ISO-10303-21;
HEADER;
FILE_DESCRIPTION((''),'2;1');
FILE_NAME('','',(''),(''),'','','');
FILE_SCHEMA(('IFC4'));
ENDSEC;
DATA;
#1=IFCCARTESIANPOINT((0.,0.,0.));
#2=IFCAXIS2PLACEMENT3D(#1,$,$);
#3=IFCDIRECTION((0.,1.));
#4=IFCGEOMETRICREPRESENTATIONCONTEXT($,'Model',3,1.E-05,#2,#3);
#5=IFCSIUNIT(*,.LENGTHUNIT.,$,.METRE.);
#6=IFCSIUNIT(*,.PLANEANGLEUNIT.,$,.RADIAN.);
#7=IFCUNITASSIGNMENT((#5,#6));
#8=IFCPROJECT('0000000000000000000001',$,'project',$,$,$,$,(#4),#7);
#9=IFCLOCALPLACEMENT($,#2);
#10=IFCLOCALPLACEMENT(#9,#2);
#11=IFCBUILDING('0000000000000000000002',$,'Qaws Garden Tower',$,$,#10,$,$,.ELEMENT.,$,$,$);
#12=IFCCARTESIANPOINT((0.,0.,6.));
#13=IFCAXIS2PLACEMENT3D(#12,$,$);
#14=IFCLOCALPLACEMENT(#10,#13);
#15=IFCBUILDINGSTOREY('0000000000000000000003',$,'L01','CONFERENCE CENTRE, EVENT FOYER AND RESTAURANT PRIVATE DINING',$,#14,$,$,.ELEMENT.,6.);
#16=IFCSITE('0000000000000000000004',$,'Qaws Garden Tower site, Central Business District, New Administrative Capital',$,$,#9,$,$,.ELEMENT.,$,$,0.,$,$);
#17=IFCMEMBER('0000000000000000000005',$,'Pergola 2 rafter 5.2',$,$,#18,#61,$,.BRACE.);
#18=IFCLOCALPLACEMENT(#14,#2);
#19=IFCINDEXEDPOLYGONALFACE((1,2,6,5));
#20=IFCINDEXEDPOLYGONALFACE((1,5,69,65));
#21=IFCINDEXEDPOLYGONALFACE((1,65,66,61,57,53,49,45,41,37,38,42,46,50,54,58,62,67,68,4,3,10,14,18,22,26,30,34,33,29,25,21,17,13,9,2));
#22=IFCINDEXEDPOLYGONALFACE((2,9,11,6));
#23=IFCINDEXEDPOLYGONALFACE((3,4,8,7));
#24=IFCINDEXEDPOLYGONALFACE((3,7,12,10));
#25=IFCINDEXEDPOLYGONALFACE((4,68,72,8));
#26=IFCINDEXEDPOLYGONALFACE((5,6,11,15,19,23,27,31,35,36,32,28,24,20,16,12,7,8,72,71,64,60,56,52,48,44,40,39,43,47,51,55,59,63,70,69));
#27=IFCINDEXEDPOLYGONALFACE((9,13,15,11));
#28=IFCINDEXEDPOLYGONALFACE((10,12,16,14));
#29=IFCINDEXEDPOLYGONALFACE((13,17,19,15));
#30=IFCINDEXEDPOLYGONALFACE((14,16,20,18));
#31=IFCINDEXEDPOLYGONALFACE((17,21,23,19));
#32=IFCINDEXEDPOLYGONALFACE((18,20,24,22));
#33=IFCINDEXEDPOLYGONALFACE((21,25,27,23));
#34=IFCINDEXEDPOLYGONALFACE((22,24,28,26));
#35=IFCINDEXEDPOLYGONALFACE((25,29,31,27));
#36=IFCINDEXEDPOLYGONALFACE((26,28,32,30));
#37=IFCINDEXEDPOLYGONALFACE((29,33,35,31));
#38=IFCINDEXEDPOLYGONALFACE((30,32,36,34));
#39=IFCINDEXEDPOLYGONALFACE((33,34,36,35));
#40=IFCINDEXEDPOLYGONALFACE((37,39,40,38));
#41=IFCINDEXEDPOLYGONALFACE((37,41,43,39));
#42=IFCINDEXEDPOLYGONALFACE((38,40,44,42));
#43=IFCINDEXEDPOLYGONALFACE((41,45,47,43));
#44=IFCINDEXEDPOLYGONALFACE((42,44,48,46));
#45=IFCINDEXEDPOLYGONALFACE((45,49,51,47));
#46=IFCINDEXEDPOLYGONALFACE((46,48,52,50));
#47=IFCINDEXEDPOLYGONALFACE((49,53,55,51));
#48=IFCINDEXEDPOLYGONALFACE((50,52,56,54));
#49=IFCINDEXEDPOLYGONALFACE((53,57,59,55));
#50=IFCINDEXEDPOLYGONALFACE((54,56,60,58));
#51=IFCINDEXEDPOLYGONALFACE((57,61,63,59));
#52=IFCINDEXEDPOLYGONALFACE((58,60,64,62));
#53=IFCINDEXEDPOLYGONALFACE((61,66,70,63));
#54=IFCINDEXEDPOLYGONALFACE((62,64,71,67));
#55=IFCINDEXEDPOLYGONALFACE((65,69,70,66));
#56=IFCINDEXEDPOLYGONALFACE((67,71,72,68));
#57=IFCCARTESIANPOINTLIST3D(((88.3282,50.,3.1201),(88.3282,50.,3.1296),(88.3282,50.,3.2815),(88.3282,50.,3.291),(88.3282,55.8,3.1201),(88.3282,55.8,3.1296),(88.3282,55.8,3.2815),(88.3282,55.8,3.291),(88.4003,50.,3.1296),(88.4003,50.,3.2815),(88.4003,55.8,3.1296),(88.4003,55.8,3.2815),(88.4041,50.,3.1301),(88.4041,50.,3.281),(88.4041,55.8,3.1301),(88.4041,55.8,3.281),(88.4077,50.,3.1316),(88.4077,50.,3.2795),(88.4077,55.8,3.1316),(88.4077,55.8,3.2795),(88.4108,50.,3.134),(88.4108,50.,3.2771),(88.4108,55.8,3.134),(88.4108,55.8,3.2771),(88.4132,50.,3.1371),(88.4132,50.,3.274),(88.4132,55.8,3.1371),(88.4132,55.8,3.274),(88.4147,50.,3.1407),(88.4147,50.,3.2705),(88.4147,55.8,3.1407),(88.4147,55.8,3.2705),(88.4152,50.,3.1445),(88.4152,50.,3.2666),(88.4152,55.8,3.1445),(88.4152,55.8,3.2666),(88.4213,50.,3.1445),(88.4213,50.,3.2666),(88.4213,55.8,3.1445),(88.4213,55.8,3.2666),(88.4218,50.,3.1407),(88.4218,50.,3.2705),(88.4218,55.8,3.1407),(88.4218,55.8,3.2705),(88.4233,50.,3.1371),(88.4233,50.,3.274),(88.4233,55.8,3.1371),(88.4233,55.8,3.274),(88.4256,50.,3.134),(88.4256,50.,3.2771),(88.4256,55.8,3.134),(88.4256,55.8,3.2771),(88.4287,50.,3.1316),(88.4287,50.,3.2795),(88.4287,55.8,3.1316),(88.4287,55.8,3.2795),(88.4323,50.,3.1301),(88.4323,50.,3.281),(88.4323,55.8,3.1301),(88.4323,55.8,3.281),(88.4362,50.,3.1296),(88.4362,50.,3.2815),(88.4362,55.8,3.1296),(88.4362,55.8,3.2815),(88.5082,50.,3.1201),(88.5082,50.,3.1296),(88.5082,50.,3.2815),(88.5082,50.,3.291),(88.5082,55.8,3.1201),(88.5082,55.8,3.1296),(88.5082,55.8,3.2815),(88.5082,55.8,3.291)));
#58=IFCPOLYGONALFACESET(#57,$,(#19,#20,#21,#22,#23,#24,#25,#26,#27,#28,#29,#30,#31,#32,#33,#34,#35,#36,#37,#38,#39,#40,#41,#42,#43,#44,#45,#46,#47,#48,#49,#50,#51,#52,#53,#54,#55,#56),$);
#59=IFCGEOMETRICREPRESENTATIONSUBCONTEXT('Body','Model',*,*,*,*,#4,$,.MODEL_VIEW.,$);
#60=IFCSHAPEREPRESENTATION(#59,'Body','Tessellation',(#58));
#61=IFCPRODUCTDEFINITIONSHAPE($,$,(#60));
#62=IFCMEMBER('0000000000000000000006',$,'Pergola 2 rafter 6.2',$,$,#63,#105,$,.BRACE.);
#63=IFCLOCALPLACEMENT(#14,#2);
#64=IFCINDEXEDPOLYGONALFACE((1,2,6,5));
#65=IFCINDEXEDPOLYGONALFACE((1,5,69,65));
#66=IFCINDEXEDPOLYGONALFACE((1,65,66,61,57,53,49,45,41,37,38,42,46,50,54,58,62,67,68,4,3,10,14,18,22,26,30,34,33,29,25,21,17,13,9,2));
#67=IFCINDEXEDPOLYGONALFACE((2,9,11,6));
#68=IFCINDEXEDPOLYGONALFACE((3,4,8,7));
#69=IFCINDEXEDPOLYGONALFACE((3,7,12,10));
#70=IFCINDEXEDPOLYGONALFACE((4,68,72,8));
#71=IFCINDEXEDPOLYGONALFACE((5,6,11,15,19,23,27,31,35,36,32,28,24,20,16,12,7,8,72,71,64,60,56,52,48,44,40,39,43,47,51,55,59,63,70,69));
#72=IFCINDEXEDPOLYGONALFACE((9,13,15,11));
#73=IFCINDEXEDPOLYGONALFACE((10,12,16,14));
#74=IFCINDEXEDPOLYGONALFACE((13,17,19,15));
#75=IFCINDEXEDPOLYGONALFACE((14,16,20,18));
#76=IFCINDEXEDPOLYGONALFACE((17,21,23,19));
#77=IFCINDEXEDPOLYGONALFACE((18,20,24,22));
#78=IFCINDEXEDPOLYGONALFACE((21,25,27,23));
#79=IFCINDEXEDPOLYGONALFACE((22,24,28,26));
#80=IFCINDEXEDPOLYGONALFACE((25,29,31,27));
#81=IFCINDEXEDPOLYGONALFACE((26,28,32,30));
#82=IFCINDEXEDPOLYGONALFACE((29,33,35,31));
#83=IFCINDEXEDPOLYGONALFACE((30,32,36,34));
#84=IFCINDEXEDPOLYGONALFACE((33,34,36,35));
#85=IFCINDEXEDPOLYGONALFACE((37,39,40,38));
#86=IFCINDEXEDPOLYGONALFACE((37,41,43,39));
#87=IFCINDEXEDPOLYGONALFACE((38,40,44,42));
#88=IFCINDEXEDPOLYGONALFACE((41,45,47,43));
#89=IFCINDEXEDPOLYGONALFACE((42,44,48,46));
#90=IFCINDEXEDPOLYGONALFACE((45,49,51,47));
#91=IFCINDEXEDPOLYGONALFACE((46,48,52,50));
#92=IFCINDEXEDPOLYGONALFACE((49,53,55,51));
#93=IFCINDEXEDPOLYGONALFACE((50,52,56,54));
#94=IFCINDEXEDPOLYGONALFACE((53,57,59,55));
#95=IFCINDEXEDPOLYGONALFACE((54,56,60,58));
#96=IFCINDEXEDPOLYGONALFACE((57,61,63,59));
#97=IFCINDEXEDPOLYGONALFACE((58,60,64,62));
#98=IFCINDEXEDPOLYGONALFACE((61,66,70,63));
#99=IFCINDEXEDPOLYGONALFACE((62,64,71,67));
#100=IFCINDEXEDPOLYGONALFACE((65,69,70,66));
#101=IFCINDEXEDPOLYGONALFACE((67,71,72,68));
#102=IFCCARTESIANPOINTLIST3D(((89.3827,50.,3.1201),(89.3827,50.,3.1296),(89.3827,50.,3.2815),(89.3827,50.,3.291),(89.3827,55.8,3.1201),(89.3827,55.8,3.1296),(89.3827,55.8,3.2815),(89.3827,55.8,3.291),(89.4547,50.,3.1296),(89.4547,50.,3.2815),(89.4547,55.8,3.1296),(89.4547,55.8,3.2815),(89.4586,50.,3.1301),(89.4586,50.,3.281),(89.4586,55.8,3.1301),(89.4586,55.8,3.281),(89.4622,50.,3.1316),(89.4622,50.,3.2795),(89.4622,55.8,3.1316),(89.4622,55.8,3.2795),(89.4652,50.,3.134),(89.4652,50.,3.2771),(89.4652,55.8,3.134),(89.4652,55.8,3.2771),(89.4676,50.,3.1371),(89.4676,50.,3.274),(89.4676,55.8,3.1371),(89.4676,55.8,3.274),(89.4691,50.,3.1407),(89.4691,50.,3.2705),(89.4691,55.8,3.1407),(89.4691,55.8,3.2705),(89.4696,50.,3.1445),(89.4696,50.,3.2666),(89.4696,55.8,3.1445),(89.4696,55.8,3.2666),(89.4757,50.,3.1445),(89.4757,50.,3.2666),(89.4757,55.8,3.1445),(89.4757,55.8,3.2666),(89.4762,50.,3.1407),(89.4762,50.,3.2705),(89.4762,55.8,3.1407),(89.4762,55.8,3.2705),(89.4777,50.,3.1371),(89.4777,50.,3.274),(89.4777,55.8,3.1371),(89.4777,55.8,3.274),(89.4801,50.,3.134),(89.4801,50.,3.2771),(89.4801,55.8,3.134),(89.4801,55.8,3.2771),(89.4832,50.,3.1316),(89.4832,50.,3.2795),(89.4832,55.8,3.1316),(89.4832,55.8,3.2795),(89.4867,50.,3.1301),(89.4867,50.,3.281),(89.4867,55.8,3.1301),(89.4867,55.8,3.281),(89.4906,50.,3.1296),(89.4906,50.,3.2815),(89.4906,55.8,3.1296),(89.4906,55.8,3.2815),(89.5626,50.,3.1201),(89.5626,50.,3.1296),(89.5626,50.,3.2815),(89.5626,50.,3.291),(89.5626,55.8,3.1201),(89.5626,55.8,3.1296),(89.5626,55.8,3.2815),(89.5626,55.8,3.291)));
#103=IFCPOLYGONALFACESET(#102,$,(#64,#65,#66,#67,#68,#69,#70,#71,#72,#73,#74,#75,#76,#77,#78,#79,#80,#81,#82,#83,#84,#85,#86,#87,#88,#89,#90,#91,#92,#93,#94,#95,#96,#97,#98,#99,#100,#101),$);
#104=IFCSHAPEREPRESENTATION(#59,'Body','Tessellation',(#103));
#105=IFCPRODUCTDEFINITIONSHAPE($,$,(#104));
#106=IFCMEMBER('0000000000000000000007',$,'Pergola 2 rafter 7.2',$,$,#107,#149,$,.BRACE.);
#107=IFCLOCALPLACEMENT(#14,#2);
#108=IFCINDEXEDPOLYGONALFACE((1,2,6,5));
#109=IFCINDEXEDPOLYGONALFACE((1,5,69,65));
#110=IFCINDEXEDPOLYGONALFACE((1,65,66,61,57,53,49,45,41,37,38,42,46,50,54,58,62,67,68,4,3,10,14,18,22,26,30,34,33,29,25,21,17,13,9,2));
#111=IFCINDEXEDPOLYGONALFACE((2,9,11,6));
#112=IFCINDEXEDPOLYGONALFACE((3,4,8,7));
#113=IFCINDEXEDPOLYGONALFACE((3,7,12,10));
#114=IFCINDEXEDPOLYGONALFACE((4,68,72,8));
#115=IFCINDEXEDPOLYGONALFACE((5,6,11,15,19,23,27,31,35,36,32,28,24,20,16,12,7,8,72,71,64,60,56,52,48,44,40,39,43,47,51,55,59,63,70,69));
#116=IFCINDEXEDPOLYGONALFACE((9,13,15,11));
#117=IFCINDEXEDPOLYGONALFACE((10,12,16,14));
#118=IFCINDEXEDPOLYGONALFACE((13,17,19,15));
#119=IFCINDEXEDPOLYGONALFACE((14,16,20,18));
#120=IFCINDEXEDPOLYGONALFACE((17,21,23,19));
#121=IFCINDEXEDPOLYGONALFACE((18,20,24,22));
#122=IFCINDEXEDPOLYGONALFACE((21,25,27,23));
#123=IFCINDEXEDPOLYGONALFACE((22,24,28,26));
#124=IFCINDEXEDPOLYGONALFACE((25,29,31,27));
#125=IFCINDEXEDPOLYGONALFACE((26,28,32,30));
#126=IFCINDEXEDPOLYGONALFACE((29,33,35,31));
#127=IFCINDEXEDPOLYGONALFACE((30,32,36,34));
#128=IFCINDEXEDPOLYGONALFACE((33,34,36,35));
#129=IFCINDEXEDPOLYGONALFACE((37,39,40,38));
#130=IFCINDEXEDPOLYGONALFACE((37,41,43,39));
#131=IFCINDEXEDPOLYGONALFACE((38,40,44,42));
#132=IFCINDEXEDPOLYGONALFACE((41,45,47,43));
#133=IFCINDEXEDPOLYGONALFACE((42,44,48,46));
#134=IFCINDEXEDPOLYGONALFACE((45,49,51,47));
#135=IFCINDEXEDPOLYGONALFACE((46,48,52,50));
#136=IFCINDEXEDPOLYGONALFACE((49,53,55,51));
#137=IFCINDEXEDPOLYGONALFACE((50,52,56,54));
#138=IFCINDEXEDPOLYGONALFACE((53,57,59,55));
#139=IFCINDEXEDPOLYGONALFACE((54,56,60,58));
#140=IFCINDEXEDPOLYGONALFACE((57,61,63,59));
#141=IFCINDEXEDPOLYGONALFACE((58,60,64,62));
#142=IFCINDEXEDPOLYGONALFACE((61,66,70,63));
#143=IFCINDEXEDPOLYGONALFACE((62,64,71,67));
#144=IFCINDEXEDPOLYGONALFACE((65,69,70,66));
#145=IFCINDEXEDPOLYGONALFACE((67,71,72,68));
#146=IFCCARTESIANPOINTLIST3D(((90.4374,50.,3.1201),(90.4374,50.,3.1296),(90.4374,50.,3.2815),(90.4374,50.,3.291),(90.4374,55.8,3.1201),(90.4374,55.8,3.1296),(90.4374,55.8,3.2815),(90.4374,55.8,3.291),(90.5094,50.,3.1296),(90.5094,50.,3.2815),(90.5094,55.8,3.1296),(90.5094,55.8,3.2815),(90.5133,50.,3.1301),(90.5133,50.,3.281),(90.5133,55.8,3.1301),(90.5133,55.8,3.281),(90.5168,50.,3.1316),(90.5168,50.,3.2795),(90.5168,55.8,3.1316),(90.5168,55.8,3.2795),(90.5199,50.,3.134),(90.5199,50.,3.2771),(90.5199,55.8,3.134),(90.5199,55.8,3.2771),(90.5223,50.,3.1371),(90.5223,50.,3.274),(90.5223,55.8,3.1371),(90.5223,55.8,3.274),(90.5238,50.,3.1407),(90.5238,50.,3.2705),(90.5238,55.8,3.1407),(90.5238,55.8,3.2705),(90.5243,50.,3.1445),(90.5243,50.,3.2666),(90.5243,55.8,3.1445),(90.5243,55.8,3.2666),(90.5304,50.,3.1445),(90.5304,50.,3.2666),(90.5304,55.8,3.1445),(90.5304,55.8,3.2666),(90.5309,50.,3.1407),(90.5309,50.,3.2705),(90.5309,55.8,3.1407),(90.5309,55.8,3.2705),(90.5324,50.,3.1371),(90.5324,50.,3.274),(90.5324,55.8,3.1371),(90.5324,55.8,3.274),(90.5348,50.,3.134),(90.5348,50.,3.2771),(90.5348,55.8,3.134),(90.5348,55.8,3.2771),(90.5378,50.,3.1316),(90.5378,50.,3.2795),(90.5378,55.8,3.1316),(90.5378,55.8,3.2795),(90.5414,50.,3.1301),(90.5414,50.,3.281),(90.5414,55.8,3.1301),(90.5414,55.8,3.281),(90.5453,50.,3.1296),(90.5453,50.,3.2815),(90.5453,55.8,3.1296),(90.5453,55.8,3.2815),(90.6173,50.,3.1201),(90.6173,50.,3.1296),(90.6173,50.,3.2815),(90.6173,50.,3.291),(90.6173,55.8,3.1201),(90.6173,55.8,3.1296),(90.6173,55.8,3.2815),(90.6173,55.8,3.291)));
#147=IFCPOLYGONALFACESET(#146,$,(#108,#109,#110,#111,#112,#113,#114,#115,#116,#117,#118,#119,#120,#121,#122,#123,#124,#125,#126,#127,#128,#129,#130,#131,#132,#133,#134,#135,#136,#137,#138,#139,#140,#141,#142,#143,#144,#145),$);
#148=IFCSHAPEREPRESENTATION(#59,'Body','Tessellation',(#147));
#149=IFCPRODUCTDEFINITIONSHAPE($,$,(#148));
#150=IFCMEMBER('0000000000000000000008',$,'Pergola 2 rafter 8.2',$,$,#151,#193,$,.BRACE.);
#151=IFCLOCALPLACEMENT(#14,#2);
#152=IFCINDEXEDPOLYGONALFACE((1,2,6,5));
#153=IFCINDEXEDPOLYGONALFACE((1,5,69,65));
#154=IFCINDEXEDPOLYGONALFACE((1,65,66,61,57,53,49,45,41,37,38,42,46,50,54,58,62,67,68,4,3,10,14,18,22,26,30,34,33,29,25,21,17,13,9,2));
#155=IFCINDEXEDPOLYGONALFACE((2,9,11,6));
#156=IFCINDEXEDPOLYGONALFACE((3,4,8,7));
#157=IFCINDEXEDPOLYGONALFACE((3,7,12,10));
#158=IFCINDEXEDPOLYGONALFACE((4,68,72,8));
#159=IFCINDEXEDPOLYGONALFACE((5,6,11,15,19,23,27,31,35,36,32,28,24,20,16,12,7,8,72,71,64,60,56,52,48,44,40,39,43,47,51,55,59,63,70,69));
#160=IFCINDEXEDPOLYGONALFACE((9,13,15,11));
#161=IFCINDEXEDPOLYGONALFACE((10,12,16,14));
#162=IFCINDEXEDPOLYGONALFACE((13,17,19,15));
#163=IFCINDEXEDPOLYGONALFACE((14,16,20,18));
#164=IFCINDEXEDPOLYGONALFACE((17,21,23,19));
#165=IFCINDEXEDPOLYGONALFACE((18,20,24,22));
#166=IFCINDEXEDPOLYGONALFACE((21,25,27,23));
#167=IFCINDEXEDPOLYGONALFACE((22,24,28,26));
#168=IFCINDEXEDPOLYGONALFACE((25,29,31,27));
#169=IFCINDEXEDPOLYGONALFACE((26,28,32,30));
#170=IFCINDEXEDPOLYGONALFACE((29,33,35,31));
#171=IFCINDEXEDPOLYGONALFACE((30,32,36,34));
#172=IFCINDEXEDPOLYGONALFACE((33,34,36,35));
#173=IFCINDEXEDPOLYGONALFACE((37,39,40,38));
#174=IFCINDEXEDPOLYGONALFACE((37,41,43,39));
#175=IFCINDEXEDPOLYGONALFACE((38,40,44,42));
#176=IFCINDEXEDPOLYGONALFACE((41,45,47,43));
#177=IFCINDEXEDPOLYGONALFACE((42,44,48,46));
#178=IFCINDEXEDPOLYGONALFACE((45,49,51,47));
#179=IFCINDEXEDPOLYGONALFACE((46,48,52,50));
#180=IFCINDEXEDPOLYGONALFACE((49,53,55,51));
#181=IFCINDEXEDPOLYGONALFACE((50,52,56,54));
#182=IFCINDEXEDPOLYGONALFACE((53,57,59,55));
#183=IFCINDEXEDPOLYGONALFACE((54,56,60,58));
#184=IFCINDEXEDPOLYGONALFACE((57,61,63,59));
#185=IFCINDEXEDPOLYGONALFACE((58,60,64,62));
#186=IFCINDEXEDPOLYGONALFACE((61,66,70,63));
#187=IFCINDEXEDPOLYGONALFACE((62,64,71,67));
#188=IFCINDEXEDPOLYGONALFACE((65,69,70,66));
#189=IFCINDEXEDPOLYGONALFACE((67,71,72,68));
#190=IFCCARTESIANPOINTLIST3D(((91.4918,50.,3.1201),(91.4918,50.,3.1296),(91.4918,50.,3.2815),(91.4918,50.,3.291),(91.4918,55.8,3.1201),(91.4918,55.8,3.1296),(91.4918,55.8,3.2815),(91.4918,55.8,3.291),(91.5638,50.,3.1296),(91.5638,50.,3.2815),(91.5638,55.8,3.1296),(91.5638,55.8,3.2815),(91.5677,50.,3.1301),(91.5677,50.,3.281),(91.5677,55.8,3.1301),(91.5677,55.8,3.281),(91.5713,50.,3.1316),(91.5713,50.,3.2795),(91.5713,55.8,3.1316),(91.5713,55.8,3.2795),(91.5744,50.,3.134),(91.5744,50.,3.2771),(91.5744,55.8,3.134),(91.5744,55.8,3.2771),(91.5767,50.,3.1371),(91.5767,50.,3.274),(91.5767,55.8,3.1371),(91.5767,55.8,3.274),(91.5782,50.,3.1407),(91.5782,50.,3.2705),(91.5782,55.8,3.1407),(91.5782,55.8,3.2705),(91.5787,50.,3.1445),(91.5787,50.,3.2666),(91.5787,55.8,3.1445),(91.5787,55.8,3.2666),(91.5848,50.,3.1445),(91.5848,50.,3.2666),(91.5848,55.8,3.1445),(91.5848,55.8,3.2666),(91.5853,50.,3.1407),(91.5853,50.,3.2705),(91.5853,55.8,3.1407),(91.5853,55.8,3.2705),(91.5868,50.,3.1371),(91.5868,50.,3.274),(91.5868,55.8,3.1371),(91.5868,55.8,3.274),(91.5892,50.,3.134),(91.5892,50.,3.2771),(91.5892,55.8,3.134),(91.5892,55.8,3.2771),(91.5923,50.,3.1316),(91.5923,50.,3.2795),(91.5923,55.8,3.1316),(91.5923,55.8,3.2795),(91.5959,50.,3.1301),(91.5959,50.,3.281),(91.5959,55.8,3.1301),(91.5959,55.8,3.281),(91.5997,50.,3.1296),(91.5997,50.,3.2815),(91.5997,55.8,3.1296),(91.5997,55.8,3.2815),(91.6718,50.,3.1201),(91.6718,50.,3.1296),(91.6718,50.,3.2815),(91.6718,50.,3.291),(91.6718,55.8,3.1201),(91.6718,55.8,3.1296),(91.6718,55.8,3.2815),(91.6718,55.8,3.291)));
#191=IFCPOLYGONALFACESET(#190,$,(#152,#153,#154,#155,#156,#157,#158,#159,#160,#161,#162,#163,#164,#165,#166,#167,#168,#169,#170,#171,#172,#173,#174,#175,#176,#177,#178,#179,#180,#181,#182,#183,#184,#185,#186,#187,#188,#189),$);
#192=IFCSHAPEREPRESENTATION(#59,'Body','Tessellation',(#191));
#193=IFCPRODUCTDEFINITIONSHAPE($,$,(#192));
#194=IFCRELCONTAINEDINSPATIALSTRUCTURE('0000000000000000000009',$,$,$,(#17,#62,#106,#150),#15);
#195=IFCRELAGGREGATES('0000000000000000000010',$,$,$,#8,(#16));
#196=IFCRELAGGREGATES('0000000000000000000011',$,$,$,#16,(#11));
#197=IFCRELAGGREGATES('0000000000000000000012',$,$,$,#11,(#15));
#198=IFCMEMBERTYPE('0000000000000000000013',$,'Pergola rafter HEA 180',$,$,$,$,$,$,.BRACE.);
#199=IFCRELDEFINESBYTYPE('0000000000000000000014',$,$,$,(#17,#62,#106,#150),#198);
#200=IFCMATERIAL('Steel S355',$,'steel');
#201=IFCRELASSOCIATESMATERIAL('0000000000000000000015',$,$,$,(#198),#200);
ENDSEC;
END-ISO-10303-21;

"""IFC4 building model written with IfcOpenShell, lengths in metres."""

from ifc_helpers import new_model, si_unit, direction, frame, origin, origin_2d, place, context, subcontext, project, spatial, i_section, extrude, material, material_profile, profile_set, type_object, element, save


model = new_model("IFC4")

# Units and contexts
model_context = context("Model", 3, precision=1e-05, world=origin(), true_north=direction((0.0, 1.0)))
body_context = subcontext(model_context, "Body", "Model", "MODEL_VIEW")
ifc_project = project(units=[si_unit("LENGTHUNIT", "METRE"), si_unit("PLANEANGLEUNIT", "RADIAN")], contexts=[model_context])

# Site, building, storey
site_placement = place(None, origin())
site = spatial("IfcSite", under=ifc_project, at=site_placement, Name="Qaws Garden Tower site, Central Business District, New Administrative Capital", CompositionType="ELEMENT", RefElevation=0.0)
building_placement = place(site_placement, origin())
building = spatial("IfcBuilding", under=site, at=building_placement, Name="Qaws Garden Tower", CompositionType="ELEMENT")
storey_placement = place(building_placement, frame((0.0, 0.0, 6.0)))
storey = spatial("IfcBuildingStorey", under=building, at=storey_placement, Name="L01", Description="CONFERENCE CENTRE, EVENT FOYER AND RESTAURANT PRIVATE DINING", CompositionType="ELEMENT", Elevation=6.0)

# Members
ifc_material_1 = material(Name="Steel S355", Category="steel")
ifc_material_profile_1 = material_profile(ifc_material_1, i_section(OverallWidth=0.1799, OverallDepth=0.1709, WebThickness=0.0061, FlangeThickness=0.0095, FilletRadius=0.0149, at=origin_2d()), Name="HEA 180")
ifc_profile_set_1 = profile_set([ifc_material_profile_1], Name="Steel S355")
member_type = type_object("IfcMemberType", Name="Pergola rafter HEA 180", PredefinedType="BRACE", material=ifc_profile_set_1)
for number, where, z_axis, x_axis, name in (
    (1, (88.4182, 50.0, 3.2056), (0.0, 1.0, 0.0), (-1.0, 0.0, 0.0), "Pergola 2 rafter 5.2"),
    (2, (89.4727, 50.0, 3.2056), (0.0, 1.0, 0.0), (-1.0, 0.0, 0.0), "Pergola 2 rafter 6.2"),
    (3, (90.5273, 50.0, 3.2056), (0.0, 1.0, 0.0), (-1.0, 0.0, 0.0), "Pergola 2 rafter 7.2"),
    (4, (91.5818, 50.0, 3.2056), (0.0, 1.0, 0.0), (-1.0, 0.0, 0.0), "Pergola 2 rafter 8.2"),
):
    element("IfcMember", number, at=place(storey_placement, frame(where, z_axis=z_axis, x_axis=x_axis)), inside=storey, type_object=member_type, Name=name, PredefinedType="BRACE", context=body_context, shape_type="SweptSolid", body=[
        extrude(i_section(OverallWidth=0.1799, OverallDepth=0.1709, WebThickness=0.0061, FlangeThickness=0.0095, FilletRadius=0.0149, at=origin_2d()), origin(), (0.0, 0.0, 1.0), 5.8),
    ])

save(model, "model.ifc")
